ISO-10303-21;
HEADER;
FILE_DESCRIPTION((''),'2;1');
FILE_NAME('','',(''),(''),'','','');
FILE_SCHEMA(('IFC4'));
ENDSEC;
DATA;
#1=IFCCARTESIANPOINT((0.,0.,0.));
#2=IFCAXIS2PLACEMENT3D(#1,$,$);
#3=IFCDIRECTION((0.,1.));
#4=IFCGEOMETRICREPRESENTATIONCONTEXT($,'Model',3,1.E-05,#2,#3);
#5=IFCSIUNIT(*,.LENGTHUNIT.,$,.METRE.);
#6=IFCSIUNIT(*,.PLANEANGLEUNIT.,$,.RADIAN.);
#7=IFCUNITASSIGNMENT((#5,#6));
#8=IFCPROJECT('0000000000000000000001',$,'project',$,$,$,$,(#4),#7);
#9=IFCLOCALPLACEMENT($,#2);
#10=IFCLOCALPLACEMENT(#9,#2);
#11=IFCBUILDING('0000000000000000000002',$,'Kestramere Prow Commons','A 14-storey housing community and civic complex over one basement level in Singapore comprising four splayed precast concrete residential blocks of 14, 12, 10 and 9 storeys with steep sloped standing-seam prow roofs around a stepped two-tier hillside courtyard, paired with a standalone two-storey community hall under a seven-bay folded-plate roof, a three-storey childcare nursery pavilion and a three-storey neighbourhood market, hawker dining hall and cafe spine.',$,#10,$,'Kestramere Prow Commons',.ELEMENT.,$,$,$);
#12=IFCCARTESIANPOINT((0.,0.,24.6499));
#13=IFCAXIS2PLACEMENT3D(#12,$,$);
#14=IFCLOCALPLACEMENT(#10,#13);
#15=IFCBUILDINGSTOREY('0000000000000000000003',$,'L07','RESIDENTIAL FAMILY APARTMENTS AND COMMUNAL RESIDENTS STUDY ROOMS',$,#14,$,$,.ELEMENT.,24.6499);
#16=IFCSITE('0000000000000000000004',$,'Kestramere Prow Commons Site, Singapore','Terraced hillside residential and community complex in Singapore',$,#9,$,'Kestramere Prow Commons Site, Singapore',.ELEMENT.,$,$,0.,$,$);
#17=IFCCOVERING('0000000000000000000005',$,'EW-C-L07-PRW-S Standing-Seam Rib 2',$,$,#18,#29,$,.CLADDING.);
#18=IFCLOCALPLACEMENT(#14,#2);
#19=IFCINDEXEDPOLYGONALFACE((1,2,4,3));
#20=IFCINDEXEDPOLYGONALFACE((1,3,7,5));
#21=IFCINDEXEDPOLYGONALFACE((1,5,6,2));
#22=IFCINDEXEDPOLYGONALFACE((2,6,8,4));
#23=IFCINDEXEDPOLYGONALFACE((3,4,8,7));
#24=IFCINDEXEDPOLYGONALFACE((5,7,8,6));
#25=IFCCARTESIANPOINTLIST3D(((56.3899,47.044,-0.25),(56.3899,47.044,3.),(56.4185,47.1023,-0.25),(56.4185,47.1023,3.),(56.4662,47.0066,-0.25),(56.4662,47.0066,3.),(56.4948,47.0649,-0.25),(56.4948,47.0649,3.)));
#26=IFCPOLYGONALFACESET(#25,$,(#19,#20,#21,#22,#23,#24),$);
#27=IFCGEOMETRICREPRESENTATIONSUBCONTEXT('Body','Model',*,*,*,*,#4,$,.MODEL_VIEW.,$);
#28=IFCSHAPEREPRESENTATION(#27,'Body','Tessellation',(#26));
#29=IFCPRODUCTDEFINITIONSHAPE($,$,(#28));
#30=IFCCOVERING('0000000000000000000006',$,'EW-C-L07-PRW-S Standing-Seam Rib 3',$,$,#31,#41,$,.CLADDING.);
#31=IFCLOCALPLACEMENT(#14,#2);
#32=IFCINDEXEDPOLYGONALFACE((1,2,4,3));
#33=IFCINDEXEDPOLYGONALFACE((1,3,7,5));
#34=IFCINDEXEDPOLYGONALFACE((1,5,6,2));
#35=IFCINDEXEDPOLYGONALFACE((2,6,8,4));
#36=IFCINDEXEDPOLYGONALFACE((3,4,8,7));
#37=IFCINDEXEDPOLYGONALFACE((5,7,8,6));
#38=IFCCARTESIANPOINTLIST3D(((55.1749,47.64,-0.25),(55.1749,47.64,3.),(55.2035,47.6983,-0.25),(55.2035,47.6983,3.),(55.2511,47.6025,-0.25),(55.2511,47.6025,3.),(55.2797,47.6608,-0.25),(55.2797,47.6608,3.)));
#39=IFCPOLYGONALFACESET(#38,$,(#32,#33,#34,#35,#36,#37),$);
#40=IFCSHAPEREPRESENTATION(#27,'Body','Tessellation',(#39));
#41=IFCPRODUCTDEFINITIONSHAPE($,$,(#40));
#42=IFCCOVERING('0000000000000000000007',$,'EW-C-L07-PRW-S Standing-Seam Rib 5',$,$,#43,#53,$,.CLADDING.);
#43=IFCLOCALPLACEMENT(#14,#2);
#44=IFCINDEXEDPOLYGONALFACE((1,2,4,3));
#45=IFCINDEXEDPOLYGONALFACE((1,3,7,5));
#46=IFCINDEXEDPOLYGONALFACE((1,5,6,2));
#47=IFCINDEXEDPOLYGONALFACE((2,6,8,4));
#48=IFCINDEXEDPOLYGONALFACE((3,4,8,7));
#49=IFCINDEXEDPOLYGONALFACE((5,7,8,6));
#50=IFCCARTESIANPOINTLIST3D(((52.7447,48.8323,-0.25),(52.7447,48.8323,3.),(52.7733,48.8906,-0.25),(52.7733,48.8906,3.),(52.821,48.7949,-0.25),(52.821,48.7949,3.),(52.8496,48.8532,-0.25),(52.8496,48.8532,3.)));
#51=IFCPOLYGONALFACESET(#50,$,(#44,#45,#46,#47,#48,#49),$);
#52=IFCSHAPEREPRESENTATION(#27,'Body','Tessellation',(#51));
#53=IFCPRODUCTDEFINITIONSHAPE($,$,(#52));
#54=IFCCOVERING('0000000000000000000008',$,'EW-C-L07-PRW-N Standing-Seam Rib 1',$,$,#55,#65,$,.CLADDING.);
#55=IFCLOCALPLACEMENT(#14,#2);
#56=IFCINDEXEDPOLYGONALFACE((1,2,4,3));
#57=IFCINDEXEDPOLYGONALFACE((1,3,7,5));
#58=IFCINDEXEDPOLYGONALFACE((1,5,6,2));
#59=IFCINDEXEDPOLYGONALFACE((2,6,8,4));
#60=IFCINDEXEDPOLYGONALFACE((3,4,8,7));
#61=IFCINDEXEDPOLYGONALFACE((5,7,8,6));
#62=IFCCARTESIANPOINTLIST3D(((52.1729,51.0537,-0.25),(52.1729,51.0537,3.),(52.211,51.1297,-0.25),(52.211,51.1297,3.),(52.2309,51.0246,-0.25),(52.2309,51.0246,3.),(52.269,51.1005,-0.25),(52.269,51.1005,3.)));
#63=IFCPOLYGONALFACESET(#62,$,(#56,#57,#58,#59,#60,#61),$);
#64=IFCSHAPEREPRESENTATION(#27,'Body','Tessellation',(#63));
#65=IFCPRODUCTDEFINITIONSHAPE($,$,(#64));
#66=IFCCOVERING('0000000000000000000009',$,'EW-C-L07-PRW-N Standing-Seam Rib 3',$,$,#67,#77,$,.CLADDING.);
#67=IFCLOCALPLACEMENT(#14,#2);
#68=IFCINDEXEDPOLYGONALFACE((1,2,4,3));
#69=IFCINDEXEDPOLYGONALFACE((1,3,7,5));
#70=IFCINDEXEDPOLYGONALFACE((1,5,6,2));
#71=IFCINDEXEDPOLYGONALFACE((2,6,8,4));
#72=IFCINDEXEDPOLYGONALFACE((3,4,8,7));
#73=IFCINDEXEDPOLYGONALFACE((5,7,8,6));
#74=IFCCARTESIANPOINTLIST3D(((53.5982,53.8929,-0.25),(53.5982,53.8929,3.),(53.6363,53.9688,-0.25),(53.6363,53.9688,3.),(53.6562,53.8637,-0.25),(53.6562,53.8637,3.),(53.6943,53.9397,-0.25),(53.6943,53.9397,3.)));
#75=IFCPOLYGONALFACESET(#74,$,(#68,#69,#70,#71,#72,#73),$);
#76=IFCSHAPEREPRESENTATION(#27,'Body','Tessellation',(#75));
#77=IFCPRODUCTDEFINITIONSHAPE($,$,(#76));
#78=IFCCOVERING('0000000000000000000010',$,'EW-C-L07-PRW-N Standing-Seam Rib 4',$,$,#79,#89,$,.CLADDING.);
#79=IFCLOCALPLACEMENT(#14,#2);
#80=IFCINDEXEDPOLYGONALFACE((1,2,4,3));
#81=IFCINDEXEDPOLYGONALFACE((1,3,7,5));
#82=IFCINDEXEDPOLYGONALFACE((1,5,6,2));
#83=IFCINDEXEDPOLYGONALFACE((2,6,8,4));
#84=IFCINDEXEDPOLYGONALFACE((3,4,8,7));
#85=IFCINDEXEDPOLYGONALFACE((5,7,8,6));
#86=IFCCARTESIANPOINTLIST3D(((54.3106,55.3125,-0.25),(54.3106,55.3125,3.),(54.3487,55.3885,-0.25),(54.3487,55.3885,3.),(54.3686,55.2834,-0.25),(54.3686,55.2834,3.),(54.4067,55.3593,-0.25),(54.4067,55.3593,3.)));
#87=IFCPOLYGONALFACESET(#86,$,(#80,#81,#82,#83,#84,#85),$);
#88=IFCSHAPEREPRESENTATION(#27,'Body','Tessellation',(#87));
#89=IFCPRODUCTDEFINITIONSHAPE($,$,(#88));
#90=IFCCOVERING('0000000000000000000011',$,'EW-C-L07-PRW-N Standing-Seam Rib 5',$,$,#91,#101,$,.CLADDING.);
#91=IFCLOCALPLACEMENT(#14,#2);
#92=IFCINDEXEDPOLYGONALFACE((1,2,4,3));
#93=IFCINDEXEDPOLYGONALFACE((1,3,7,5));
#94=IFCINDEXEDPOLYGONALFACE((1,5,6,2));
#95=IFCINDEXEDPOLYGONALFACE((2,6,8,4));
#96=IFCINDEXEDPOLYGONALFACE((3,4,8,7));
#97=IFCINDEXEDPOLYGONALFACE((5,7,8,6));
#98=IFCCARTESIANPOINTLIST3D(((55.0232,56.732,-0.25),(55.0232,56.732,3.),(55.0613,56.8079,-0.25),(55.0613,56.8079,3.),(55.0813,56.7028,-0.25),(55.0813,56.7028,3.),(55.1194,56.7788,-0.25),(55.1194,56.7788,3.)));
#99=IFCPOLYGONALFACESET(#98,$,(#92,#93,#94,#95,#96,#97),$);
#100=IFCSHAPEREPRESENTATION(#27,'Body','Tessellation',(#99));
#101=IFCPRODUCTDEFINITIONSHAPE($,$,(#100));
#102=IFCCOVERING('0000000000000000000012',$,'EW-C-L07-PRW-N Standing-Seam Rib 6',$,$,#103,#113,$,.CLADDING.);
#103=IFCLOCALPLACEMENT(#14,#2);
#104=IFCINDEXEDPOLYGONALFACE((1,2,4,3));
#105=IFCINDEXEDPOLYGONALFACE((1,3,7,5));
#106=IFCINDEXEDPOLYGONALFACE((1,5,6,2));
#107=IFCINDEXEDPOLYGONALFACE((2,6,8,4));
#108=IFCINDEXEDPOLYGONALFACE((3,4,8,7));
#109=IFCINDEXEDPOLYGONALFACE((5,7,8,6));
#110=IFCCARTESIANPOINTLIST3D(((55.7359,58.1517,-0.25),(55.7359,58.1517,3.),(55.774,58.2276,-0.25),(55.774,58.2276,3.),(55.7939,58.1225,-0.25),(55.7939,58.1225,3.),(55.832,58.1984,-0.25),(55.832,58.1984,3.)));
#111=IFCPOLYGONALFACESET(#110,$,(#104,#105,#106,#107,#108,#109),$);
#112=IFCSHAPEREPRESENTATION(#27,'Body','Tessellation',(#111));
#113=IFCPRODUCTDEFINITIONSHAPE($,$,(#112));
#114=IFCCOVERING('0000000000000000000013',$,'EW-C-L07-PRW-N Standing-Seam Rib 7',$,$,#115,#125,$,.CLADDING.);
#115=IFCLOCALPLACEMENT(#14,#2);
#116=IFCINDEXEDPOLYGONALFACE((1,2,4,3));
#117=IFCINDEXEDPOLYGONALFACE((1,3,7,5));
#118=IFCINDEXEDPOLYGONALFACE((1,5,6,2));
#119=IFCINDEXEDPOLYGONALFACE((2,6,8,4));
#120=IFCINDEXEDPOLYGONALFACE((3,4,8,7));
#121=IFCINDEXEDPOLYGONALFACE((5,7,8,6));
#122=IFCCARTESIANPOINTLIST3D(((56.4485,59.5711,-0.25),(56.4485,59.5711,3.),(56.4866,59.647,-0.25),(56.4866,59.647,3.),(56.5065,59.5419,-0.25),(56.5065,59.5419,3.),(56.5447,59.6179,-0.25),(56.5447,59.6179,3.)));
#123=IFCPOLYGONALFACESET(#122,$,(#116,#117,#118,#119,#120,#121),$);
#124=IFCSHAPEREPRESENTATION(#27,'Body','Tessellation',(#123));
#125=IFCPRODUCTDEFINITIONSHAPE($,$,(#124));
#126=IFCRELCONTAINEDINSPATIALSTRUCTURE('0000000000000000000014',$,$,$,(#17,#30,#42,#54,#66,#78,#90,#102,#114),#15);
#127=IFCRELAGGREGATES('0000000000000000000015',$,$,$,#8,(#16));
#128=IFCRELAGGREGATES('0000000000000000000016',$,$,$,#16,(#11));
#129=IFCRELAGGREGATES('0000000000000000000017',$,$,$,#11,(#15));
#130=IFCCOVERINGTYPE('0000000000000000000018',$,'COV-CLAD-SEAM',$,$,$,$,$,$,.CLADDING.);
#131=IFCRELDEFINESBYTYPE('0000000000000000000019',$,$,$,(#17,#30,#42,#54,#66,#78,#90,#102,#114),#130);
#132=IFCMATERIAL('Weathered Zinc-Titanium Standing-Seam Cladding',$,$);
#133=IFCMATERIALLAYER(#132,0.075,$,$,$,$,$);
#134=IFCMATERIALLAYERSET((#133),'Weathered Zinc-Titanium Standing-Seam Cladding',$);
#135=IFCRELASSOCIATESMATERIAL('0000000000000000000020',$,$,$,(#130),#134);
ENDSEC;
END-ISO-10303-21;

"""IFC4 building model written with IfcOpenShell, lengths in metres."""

from ifc_helpers import new_model, si_unit, direction, frame, origin, origin_2d, place, context, subcontext, project, spatial, rectangle, extrude, material, layer, layer_set, type_object, element, save


model = new_model("IFC4")

# Units and contexts
model_context = context("Model", 3, precision=1e-05, world=origin(), true_north=direction((0.0, 1.0)))
body_context = subcontext(model_context, "Body", "Model", "MODEL_VIEW")
ifc_project = project(units=[si_unit("LENGTHUNIT", "METRE"), si_unit("PLANEANGLEUNIT", "RADIAN")], contexts=[model_context])

# Site, building, storey
site_placement = place(None, origin())
site = spatial("IfcSite", under=ifc_project, at=site_placement, Name="Kestramere Prow Commons Site, Singapore", Description="Terraced hillside residential and community complex in Singapore", LongName="Kestramere Prow Commons Site, Singapore", CompositionType="ELEMENT", RefElevation=0.0)
building_placement = place(site_placement, origin())
building = spatial("IfcBuilding", under=site, at=building_placement, Name="Kestramere Prow Commons", Description="A 14-storey housing community and civic complex over one basement level in Singapore comprising four splayed precast concrete residential blocks of 14, 12, 10 and 9 storeys with steep sloped standing-seam prow roofs around a stepped two-tier hillside courtyard, paired with a standalone two-storey community hall under a seven-bay folded-plate roof, a three-storey childcare nursery pavilion and a three-storey neighbourhood market, hawker dining hall and cafe spine.", LongName="Kestramere Prow Commons", CompositionType="ELEMENT")
storey_placement = place(building_placement, frame((0.0, 0.0, 24.6499)))
storey = spatial("IfcBuildingStorey", under=building, at=storey_placement, Name="L07", Description="RESIDENTIAL FAMILY APARTMENTS AND COMMUNAL RESIDENTS STUDY ROOMS", CompositionType="ELEMENT", Elevation=24.6499)

# Shared definitions
ifc_material_1 = material(Name="Weathered Zinc-Titanium Standing-Seam Cladding")

# Coverings
ifc_layer_1 = layer(ifc_material_1, 0.075)
ifc_layer_set_1 = layer_set([ifc_layer_1], Name="Weathered Zinc-Titanium Standing-Seam Cladding")
covering_type = type_object("IfcCoveringType", Name="COV-CLAD-SEAM", PredefinedType="CLADDING", material=ifc_layer_set_1)
for number, where, z_axis, x_axis, name in (
    (1, (56.4424, 47.0544, -0.25), (0.0, 0.0, 1.0), (-0.897771, 0.440463, 0.0), "EW-C-L07-PRW-S Standing-Seam Rib 2"),
    (2, (55.2273, 47.6504, -0.25), (0.0, 0.0, 1.0), (-0.897771, 0.440463, 0.0), "EW-C-L07-PRW-S Standing-Seam Rib 3"),
    (3, (52.7971, 48.8428, -0.25), (0.0, 0.0, 1.0), (-0.897771, 0.440463, 0.0), "EW-C-L07-PRW-S Standing-Seam Rib 5"),
    (4, (52.2209, 51.0771, -0.25), (0.0, 0.0, 1.0), (0.44862, 0.893722, 0.0), "EW-C-L07-PRW-N Standing-Seam Rib 1"),
    (5, (53.6462, 53.9163, -0.25), (0.0, 0.0, 1.0), (0.44862, 0.893722, 0.0), "EW-C-L07-PRW-N Standing-Seam Rib 3"),
    (6, (54.3586, 55.3359, -0.25), (0.0, 0.0, 1.0), (0.44862, 0.893722, 0.0), "EW-C-L07-PRW-N Standing-Seam Rib 4"),
    (7, (55.0713, 56.7554, -0.25), (0.0, 0.0, 1.0), (0.44862, 0.893722, 0.0), "EW-C-L07-PRW-N Standing-Seam Rib 5"),
    (8, (55.7839, 58.175, -0.25), (0.0, 0.0, 1.0), (0.44862, 0.893722, 0.0), "EW-C-L07-PRW-N Standing-Seam Rib 6"),
    (9, (56.4966, 59.5945, -0.25), (0.0, 0.0, 1.0), (0.44862, 0.893722, 0.0), "EW-C-L07-PRW-N Standing-Seam Rib 7"),
):
    element("IfcCovering", number, at=place(storey_placement, frame(where, z_axis=z_axis, x_axis=x_axis)), inside=storey, type_object=covering_type, Name=name, PredefinedType="CLADDING", context=body_context, shape_type="SweptSolid", body=[
        extrude(rectangle(XDim=0.085, YDim=0.0649, at=origin_2d()), origin(), (0.0, 0.0, 1.0), 3.25),
    ])

save(model, "model.ifc")
